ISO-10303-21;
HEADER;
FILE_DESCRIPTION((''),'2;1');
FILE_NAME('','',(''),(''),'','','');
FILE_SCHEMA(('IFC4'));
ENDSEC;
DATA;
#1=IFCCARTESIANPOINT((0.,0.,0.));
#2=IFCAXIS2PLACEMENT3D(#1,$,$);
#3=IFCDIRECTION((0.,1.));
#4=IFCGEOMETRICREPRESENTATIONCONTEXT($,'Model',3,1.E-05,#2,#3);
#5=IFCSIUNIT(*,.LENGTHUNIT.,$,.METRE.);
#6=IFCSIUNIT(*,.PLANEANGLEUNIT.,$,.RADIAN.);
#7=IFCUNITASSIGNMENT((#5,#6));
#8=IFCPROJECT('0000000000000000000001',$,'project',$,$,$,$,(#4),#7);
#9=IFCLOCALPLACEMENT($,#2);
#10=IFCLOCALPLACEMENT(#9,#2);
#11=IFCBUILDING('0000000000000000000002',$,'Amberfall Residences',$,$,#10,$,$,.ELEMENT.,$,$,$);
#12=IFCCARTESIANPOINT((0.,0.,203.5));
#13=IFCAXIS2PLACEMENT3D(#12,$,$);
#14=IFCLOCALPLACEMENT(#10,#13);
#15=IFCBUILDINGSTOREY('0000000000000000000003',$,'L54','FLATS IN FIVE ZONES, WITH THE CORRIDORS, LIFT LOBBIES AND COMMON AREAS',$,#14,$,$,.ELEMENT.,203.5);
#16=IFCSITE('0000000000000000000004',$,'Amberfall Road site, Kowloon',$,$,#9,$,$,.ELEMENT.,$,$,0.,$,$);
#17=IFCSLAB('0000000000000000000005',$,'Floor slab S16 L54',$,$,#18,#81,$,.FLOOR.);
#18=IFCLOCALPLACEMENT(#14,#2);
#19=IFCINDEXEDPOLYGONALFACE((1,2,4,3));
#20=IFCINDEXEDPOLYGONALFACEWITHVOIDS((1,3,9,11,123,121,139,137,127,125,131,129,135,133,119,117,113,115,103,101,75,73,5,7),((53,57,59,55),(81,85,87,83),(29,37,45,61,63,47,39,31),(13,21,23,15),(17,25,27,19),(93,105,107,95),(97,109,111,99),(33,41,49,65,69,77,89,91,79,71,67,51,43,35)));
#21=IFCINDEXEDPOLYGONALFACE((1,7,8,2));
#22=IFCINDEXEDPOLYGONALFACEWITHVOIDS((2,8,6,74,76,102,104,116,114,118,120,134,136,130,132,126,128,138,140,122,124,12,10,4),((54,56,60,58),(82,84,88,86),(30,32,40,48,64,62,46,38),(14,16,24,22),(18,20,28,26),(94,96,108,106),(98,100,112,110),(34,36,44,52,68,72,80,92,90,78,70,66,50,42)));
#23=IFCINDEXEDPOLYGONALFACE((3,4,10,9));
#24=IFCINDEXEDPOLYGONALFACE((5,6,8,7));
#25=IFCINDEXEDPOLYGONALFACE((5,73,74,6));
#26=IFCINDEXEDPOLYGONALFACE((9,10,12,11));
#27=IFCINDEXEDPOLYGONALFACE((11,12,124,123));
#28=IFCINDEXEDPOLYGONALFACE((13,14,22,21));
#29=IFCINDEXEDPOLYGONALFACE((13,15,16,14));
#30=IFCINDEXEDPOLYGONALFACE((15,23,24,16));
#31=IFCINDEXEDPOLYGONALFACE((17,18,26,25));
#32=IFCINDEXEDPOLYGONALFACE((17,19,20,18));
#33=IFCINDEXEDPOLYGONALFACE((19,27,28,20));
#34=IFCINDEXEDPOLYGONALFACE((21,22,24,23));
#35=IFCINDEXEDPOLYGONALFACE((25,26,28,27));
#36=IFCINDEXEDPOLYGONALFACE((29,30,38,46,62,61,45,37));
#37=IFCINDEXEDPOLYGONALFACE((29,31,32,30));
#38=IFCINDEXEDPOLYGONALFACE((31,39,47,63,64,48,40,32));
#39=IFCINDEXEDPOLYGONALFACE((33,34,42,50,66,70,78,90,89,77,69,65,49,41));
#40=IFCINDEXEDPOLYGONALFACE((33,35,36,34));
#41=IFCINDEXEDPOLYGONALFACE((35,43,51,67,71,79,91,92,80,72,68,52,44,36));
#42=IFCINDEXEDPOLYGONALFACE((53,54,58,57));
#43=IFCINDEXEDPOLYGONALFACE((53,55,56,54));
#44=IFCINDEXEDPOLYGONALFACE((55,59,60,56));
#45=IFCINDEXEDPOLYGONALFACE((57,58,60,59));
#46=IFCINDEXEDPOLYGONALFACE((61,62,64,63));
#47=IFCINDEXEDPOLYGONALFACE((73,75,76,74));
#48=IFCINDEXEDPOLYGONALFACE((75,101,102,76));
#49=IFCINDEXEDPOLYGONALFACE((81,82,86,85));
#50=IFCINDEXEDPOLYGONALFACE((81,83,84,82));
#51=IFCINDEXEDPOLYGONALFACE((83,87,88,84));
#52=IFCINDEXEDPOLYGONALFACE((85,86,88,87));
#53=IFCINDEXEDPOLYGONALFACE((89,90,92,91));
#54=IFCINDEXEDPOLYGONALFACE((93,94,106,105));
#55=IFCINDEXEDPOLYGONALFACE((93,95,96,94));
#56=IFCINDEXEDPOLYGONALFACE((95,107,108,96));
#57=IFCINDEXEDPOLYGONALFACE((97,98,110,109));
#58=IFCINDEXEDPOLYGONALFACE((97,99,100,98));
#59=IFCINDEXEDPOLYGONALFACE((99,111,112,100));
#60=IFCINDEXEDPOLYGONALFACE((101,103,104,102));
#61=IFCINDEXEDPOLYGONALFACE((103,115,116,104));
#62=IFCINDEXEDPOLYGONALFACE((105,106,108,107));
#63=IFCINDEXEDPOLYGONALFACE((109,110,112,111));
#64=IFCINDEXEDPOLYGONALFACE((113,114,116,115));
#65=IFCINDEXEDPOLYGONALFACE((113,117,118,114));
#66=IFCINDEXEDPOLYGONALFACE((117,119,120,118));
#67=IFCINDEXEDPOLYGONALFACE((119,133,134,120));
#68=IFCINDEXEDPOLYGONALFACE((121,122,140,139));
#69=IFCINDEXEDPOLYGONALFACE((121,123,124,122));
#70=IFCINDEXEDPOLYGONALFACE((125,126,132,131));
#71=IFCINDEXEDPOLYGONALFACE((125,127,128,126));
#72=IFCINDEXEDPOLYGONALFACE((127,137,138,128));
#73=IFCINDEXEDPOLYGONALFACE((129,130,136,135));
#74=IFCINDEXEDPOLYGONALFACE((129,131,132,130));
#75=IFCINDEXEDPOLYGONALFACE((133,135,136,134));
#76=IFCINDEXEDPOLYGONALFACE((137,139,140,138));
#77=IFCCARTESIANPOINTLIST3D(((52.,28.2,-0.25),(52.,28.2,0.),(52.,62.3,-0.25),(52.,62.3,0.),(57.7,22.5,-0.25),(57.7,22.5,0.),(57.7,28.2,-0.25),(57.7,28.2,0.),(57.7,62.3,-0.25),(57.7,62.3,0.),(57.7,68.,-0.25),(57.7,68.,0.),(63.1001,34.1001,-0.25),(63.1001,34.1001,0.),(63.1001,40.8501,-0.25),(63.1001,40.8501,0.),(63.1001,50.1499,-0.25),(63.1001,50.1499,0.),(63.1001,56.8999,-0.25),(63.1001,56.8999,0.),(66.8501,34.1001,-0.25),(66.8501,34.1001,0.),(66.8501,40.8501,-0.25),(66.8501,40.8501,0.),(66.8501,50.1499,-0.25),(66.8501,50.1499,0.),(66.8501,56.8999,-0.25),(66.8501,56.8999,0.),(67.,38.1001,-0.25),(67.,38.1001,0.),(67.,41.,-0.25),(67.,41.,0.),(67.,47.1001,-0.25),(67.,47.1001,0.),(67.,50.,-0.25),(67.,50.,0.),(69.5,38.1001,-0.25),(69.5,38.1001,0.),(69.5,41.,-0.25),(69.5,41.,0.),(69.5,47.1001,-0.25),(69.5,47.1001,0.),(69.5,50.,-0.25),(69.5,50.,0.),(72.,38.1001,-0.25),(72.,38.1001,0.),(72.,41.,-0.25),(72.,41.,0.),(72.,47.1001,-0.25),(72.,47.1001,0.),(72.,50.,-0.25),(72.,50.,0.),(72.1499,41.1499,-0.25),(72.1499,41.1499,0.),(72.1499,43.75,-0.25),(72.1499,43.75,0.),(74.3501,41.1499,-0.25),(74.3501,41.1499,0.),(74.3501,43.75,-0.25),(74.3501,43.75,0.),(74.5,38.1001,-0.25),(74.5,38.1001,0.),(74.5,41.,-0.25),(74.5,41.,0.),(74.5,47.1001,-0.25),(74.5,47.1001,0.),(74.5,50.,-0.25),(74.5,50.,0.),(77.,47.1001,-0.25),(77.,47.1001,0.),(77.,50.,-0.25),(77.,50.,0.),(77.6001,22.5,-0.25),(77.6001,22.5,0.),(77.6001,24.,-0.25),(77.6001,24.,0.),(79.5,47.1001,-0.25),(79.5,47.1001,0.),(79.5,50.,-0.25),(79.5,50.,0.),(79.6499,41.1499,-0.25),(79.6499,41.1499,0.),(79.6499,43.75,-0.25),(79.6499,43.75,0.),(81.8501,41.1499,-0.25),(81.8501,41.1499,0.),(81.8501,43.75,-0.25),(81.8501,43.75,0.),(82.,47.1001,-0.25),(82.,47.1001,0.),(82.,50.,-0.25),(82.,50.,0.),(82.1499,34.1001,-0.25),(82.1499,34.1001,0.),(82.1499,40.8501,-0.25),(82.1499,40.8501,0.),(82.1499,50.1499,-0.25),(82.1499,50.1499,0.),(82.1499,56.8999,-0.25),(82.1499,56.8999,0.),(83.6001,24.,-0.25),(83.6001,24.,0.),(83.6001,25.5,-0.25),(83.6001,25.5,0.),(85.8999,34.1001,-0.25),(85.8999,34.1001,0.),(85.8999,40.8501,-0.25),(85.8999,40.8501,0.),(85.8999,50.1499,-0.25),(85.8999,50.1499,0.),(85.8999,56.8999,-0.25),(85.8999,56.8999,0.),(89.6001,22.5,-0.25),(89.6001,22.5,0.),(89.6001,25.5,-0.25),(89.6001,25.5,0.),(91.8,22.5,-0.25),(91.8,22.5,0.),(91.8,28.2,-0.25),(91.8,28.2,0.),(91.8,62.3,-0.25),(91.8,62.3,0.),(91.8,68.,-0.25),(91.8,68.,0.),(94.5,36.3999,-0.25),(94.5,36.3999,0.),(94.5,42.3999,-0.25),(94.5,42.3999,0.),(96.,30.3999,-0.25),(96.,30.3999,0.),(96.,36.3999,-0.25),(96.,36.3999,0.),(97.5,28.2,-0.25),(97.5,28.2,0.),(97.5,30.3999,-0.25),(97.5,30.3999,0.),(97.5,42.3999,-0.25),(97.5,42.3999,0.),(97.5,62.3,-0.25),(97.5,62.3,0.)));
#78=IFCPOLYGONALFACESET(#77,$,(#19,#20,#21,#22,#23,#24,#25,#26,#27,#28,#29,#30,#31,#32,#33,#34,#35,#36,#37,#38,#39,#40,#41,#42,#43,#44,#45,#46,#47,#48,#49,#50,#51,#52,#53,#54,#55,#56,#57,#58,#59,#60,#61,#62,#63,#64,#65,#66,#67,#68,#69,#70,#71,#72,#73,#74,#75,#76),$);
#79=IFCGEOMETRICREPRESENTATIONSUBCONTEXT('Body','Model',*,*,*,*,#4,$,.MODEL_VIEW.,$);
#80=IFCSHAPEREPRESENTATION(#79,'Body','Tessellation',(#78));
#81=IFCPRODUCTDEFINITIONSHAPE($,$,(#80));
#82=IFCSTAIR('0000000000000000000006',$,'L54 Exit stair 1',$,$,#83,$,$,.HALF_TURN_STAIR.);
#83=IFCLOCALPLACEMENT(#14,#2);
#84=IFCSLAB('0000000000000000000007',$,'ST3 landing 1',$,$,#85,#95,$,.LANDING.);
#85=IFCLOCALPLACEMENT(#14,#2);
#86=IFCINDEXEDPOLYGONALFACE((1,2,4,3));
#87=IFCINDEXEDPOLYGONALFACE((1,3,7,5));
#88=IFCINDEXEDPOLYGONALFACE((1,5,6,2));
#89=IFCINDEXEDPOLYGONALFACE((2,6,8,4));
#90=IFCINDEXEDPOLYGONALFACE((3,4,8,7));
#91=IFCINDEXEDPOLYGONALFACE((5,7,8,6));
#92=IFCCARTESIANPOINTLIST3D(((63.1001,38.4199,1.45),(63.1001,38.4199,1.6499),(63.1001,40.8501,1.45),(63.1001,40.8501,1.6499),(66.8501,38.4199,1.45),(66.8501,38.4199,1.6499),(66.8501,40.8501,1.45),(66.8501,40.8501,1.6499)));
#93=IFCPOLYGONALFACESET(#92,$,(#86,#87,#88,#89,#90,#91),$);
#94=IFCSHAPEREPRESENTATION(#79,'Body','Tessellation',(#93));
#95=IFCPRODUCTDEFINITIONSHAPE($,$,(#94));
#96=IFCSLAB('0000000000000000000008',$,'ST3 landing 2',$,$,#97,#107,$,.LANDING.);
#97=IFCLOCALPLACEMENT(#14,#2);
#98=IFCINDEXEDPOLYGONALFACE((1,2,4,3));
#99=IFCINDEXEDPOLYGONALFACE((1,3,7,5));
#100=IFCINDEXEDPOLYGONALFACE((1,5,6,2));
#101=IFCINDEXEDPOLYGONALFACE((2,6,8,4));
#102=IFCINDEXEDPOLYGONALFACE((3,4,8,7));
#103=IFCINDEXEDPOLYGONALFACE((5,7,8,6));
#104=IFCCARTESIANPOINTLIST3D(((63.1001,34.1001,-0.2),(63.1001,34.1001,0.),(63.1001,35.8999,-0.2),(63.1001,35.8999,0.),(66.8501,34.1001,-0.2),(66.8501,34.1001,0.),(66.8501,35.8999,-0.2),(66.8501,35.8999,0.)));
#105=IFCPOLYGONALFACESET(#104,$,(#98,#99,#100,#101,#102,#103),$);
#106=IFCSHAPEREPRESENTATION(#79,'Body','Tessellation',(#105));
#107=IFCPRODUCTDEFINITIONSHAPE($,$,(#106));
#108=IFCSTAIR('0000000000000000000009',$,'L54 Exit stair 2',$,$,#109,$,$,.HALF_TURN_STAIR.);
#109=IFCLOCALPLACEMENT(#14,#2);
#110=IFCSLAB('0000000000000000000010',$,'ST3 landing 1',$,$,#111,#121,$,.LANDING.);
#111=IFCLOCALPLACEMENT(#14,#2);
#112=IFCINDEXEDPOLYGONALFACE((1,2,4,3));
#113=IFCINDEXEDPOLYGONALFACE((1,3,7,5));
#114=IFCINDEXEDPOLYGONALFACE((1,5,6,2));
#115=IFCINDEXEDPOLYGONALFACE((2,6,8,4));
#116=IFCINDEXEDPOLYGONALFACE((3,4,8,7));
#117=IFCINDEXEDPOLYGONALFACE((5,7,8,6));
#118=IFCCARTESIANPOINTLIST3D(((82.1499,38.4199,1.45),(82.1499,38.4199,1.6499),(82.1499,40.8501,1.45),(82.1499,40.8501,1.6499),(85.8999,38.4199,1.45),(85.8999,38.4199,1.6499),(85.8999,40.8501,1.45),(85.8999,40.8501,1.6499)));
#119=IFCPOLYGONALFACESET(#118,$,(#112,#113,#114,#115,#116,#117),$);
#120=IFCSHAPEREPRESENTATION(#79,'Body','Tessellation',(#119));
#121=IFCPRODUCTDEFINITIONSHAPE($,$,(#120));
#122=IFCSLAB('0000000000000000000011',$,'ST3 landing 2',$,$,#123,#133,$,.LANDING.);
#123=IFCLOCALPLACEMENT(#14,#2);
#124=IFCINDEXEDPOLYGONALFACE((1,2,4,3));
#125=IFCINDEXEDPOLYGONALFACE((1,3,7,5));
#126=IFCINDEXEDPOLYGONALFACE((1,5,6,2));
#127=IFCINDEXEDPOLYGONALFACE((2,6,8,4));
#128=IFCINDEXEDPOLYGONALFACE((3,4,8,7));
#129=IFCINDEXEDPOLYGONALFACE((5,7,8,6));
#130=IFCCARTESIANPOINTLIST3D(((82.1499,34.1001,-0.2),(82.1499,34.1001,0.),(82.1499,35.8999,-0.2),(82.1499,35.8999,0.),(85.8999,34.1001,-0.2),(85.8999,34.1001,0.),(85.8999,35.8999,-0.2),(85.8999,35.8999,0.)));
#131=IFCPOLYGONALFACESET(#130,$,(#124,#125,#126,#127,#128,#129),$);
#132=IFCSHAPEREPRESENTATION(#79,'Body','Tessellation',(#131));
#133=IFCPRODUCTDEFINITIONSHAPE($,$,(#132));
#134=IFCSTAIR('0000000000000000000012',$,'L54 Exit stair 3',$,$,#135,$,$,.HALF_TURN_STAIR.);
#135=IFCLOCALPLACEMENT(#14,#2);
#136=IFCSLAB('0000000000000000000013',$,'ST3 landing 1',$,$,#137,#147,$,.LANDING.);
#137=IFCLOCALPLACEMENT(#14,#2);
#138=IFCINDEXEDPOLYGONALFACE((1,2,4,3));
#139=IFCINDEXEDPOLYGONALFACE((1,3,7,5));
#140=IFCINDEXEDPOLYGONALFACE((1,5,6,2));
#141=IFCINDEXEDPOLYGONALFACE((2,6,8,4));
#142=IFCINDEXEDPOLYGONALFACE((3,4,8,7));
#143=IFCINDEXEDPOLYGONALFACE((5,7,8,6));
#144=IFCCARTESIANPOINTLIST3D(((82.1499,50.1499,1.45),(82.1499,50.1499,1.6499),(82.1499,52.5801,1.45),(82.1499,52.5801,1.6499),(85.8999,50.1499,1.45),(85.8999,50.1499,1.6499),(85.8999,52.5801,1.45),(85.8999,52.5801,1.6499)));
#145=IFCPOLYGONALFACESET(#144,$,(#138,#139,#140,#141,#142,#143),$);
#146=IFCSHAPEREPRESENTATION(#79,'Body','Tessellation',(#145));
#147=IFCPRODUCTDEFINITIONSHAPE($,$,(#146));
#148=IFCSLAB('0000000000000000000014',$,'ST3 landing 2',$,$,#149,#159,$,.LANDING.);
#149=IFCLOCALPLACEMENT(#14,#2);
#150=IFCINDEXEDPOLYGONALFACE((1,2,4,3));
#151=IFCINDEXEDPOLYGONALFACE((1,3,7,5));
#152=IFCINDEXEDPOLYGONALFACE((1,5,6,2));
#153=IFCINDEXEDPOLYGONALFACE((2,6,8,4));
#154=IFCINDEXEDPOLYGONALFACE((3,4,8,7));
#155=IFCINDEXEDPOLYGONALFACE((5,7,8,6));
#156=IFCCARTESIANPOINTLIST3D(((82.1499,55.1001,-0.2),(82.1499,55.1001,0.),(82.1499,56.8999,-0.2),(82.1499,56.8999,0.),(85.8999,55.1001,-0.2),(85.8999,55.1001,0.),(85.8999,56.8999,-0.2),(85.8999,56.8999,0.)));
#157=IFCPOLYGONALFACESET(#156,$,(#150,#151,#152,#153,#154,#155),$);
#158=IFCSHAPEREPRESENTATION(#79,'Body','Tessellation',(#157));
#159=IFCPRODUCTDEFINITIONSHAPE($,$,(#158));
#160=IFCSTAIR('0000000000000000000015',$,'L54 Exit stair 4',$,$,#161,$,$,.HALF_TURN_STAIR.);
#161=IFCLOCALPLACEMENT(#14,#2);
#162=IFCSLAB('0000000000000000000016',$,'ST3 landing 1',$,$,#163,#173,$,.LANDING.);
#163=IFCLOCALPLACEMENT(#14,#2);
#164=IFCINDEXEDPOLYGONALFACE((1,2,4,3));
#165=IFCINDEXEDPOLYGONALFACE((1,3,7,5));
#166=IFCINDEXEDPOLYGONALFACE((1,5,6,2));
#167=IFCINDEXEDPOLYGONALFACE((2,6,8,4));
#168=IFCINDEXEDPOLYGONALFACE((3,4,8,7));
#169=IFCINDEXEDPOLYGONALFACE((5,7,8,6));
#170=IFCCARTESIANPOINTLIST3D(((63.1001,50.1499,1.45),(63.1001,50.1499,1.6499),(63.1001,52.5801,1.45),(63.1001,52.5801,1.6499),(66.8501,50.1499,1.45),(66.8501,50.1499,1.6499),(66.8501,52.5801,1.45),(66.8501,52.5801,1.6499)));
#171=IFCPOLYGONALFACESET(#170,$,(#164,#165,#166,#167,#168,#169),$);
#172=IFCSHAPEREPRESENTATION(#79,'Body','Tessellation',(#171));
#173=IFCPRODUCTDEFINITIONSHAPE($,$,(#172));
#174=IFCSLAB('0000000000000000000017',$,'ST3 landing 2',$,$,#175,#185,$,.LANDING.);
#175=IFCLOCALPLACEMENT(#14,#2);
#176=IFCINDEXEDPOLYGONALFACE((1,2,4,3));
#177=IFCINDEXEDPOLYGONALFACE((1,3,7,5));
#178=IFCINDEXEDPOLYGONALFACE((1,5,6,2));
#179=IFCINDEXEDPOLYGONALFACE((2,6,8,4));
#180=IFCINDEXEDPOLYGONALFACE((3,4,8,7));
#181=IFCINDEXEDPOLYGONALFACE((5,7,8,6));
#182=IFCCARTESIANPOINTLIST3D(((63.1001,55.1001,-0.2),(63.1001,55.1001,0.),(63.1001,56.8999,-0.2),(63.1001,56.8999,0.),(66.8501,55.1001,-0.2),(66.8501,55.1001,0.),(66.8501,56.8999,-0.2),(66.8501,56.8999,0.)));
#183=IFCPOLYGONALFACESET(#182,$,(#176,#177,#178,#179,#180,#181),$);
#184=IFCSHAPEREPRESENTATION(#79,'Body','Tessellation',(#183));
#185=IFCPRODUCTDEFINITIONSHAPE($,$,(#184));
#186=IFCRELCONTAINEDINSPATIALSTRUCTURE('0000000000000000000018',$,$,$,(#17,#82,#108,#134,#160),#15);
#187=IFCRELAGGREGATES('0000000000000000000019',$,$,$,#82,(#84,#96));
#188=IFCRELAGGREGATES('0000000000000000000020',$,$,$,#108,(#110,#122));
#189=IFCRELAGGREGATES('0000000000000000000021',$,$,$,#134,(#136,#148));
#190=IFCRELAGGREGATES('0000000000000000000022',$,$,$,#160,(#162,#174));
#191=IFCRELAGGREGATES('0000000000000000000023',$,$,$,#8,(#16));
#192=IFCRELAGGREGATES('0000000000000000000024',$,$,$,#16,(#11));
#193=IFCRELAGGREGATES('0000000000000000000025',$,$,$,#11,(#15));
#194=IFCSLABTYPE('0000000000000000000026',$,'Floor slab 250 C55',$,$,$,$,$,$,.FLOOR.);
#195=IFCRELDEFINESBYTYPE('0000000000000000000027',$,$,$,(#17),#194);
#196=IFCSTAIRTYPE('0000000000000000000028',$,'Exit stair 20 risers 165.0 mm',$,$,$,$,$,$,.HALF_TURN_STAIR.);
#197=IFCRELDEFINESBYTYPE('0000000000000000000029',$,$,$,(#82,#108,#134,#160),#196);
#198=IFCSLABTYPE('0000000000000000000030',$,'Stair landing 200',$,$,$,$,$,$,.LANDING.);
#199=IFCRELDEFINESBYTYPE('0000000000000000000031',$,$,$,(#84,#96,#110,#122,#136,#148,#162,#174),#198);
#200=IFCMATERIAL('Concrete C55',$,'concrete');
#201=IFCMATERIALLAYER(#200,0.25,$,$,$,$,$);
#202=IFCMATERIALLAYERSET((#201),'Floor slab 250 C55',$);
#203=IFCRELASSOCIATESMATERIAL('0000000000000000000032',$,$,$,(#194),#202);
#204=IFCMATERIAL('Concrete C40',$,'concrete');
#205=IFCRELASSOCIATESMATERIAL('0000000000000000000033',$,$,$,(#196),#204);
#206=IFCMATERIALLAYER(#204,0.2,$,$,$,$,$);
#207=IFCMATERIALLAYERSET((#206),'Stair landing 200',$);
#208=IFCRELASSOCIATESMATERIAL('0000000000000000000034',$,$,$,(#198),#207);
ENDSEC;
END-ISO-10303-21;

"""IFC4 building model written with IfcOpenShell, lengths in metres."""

from ifc_helpers import new_model, si_unit, direction, frame, origin, place, context, subcontext, project, spatial, polyline, outline, extrude, material, layer, layer_set, type_object, element, aggregate, save


model = new_model("IFC4")

# Units and contexts
model_context = context("Model", 3, precision=1e-05, world=origin(), true_north=direction((0.0, 1.0)))
body_context = subcontext(model_context, "Body", "Model", "MODEL_VIEW")
ifc_project = project(units=[si_unit("LENGTHUNIT", "METRE"), si_unit("PLANEANGLEUNIT", "RADIAN")], contexts=[model_context])

# Site, building, storey
site_placement = place(None, origin())
site = spatial("IfcSite", under=ifc_project, at=site_placement, Name="Amberfall Road site, Kowloon", CompositionType="ELEMENT", RefElevation=0.0)
building_placement = place(site_placement, origin())
building = spatial("IfcBuilding", under=site, at=building_placement, Name="Amberfall Residences", CompositionType="ELEMENT")
storey_placement = place(building_placement, frame((0.0, 0.0, 203.5)))
storey = spatial("IfcBuildingStorey", under=building, at=storey_placement, Name="L54", Description="FLATS IN FIVE ZONES, WITH THE CORRIDORS, LIFT LOBBIES AND COMMON AREAS", CompositionType="ELEMENT", Elevation=203.5)

# Slab
ifc_material_1 = material(Name="Concrete C55", Category="concrete")
ifc_layer_1 = layer(ifc_material_1, 0.25)
ifc_layer_set_1 = layer_set([ifc_layer_1], Name="Floor slab 250 C55")
slab_type_1 = type_object("IfcSlabType", Name="Floor slab 250 C55", PredefinedType="FLOOR", material=ifc_layer_set_1)
slab_1_placement = place(storey_placement, frame((0.0, 0.0, -0.25)))
element("IfcSlab", 1, at=slab_1_placement, inside=storey, type_object=slab_type_1, Name="Floor slab S16 L54", PredefinedType="FLOOR", context=body_context, shape_type="SweptSolid", body=[
    extrude(outline(polyline([(89.6001, 22.5), (89.6001, 25.5), (83.6001, 25.5), (83.6001, 24.0), (77.6001, 24.0), (77.6001, 22.5), (57.7, 22.5), (57.7, 28.2), (52.0, 28.2), (52.0, 62.3), (57.7, 62.3), (57.7, 68.0), (91.8, 68.0), (91.8, 62.3), (97.5, 62.3), (97.5, 42.3999), (94.5, 42.3999), (94.5, 36.3999), (96.0, 36.3999), (96.0, 30.3999), (97.5, 30.3999), (97.5, 28.2), (91.8, 28.2), (91.8, 22.5), (89.6001, 22.5)]), holes=[polyline([(85.8999, 34.1001), (85.8999, 40.8501), (82.1499, 40.8501), (82.1499, 34.1001), (85.8999, 34.1001)]), polyline([(85.8999, 50.1499), (85.8999, 56.8999), (82.1499, 56.8999), (82.1499, 50.1499), (85.8999, 50.1499)]), polyline([(72.0, 50.0), (69.5, 50.0), (67.0, 50.0), (67.0, 47.1001), (69.5, 47.1001), (72.0, 47.1001), (74.5, 47.1001), (77.0, 47.1001), (79.5, 47.1001), (82.0, 47.1001), (82.0, 50.0), (79.5, 50.0), (77.0, 50.0), (74.5, 50.0), (72.0, 50.0)]), polyline([(81.8501, 41.1499), (81.8501, 43.75), (79.6499, 43.75), (79.6499, 41.1499), (81.8501, 41.1499)]), polyline([(69.5, 41.0), (67.0, 41.0), (67.0, 38.1001), (69.5, 38.1001), (72.0, 38.1001), (74.5, 38.1001), (74.5, 41.0), (72.0, 41.0), (69.5, 41.0)]), polyline([(74.3501, 41.1499), (74.3501, 43.75), (72.1499, 43.75), (72.1499, 41.1499), (74.3501, 41.1499)]), polyline([(66.8501, 50.1499), (66.8501, 56.8999), (63.1001, 56.8999), (63.1001, 50.1499), (66.8501, 50.1499)]), polyline([(66.8501, 40.8501), (63.1001, 40.8501), (63.1001, 34.1001), (66.8501, 34.1001), (66.8501, 40.8501)])]), origin(), (0.0, 0.0, 1.0), 0.25),
])

# Stairs, slabs
ifc_material_2 = material(Name="Concrete C40", Category="concrete")
stair_type = type_object("IfcStairType", Name="Exit stair 20 risers 165.0 mm", PredefinedType="HALF_TURN_STAIR", material=ifc_material_2)
stair_1_placement = place(storey_placement, origin())
stair_1 = element("IfcStair", 2, at=stair_1_placement, inside=storey, type_object=stair_type, Name="L54 Exit stair 1", PredefinedType="HALF_TURN_STAIR")
ifc_layer_2 = layer(ifc_material_2, 0.2)
ifc_layer_set_2 = layer_set([ifc_layer_2], Name="Stair landing 200")
slab_type_2 = type_object("IfcSlabType", Name="Stair landing 200", PredefinedType="LANDING", material=ifc_layer_set_2)
slab_2_placement = place(storey_placement, frame((0.0, 0.0, 1.45)))
slab_2 = element("IfcSlab", 3, at=slab_2_placement, type_object=slab_type_2, Name="ST3 landing 1", PredefinedType="LANDING", context=body_context, shape_type="SweptSolid", body=[
    extrude(outline(polyline([(66.8501, 38.4199), (66.8501, 40.8501), (63.1001, 40.8501), (63.1001, 38.4199), (66.8501, 38.4199)])), origin(), (0.0, 0.0, 1.0), 0.2),
])
slab_3_placement = place(storey_placement, frame((0.0, 0.0, -0.2)))
slab_3 = element("IfcSlab", 4, at=slab_3_placement, type_object=slab_type_2, Name="ST3 landing 2", PredefinedType="LANDING", context=body_context, shape_type="SweptSolid", body=[
    extrude(outline(polyline([(66.8501, 34.1001), (66.8501, 35.8999), (63.1001, 35.8999), (63.1001, 34.1001), (66.8501, 34.1001)])), origin(), (0.0, 0.0, 1.0), 0.2),
])
aggregate(stair_1, [slab_2, slab_3])
stair_2_placement = place(storey_placement, origin())
stair_2 = element("IfcStair", 5, at=stair_2_placement, inside=storey, type_object=stair_type, Name="L54 Exit stair 2", PredefinedType="HALF_TURN_STAIR")
slab_4_placement = place(storey_placement, frame((0.0, 0.0, 1.45)))
slab_4 = element("IfcSlab", 6, at=slab_4_placement, type_object=slab_type_2, Name="ST3 landing 1", PredefinedType="LANDING", context=body_context, shape_type="SweptSolid", body=[
    extrude(outline(polyline([(85.8999, 38.4199), (85.8999, 40.8501), (82.1499, 40.8501), (82.1499, 38.4199), (85.8999, 38.4199)])), origin(), (0.0, 0.0, 1.0), 0.2),
])
slab_5_placement = place(storey_placement, frame((0.0, 0.0, -0.2)))
slab_5 = element("IfcSlab", 7, at=slab_5_placement, type_object=slab_type_2, Name="ST3 landing 2", PredefinedType="LANDING", context=body_context, shape_type="SweptSolid", body=[
    extrude(outline(polyline([(85.8999, 34.1001), (85.8999, 35.8999), (82.1499, 35.8999), (82.1499, 34.1001), (85.8999, 34.1001)])), origin(), (0.0, 0.0, 1.0), 0.2),
])
aggregate(stair_2, [slab_4, slab_5])
stair_3_placement = place(storey_placement, origin())
stair_3 = element("IfcStair", 8, at=stair_3_placement, inside=storey, type_object=stair_type, Name="L54 Exit stair 3", PredefinedType="HALF_TURN_STAIR")
slab_6_placement = place(storey_placement, frame((0.0, 0.0, 1.45)))
slab_6 = element("IfcSlab", 9, at=slab_6_placement, type_object=slab_type_2, Name="ST3 landing 1", PredefinedType="LANDING", context=body_context, shape_type="SweptSolid", body=[
    extrude(outline(polyline([(82.1499, 52.5801), (82.1499, 50.1499), (85.8999, 50.1499), (85.8999, 52.5801), (82.1499, 52.5801)])), origin(), (0.0, 0.0, 1.0), 0.2),
])
slab_7_placement = place(storey_placement, frame((0.0, 0.0, -0.2)))
slab_7 = element("IfcSlab", 10, at=slab_7_placement, type_object=slab_type_2, Name="ST3 landing 2", PredefinedType="LANDING", context=body_context, shape_type="SweptSolid", body=[
    extrude(outline(polyline([(82.1499, 56.8999), (82.1499, 55.1001), (85.8999, 55.1001), (85.8999, 56.8999), (82.1499, 56.8999)])), origin(), (0.0, 0.0, 1.0), 0.2),
])
aggregate(stair_3, [slab_6, slab_7])
stair_4_placement = place(storey_placement, origin())
stair_4 = element("IfcStair", 11, at=stair_4_placement, inside=storey, type_object=stair_type, Name="L54 Exit stair 4", PredefinedType="HALF_TURN_STAIR")
slab_8_placement = place(storey_placement, frame((0.0, 0.0, 1.45)))
slab_8 = element("IfcSlab", 12, at=slab_8_placement, type_object=slab_type_2, Name="ST3 landing 1", PredefinedType="LANDING", context=body_context, shape_type="SweptSolid", body=[
    extrude(outline(polyline([(63.1001, 52.5801), (63.1001, 50.1499), (66.8501, 50.1499), (66.8501, 52.5801), (63.1001, 52.5801)])), origin(), (0.0, 0.0, 1.0), 0.2),
])
slab_9_placement = place(storey_placement, frame((0.0, 0.0, -0.2)))
slab_9 = element("IfcSlab", 13, at=slab_9_placement, type_object=slab_type_2, Name="ST3 landing 2", PredefinedType="LANDING", context=body_context, shape_type="SweptSolid", body=[
    extrude(outline(polyline([(63.1001, 56.8999), (63.1001, 55.1001), (66.8501, 55.1001), (66.8501, 56.8999), (63.1001, 56.8999)])), origin(), (0.0, 0.0, 1.0), 0.2),
])
aggregate(stair_4, [slab_8, slab_9])

save(model, "model.ifc")
